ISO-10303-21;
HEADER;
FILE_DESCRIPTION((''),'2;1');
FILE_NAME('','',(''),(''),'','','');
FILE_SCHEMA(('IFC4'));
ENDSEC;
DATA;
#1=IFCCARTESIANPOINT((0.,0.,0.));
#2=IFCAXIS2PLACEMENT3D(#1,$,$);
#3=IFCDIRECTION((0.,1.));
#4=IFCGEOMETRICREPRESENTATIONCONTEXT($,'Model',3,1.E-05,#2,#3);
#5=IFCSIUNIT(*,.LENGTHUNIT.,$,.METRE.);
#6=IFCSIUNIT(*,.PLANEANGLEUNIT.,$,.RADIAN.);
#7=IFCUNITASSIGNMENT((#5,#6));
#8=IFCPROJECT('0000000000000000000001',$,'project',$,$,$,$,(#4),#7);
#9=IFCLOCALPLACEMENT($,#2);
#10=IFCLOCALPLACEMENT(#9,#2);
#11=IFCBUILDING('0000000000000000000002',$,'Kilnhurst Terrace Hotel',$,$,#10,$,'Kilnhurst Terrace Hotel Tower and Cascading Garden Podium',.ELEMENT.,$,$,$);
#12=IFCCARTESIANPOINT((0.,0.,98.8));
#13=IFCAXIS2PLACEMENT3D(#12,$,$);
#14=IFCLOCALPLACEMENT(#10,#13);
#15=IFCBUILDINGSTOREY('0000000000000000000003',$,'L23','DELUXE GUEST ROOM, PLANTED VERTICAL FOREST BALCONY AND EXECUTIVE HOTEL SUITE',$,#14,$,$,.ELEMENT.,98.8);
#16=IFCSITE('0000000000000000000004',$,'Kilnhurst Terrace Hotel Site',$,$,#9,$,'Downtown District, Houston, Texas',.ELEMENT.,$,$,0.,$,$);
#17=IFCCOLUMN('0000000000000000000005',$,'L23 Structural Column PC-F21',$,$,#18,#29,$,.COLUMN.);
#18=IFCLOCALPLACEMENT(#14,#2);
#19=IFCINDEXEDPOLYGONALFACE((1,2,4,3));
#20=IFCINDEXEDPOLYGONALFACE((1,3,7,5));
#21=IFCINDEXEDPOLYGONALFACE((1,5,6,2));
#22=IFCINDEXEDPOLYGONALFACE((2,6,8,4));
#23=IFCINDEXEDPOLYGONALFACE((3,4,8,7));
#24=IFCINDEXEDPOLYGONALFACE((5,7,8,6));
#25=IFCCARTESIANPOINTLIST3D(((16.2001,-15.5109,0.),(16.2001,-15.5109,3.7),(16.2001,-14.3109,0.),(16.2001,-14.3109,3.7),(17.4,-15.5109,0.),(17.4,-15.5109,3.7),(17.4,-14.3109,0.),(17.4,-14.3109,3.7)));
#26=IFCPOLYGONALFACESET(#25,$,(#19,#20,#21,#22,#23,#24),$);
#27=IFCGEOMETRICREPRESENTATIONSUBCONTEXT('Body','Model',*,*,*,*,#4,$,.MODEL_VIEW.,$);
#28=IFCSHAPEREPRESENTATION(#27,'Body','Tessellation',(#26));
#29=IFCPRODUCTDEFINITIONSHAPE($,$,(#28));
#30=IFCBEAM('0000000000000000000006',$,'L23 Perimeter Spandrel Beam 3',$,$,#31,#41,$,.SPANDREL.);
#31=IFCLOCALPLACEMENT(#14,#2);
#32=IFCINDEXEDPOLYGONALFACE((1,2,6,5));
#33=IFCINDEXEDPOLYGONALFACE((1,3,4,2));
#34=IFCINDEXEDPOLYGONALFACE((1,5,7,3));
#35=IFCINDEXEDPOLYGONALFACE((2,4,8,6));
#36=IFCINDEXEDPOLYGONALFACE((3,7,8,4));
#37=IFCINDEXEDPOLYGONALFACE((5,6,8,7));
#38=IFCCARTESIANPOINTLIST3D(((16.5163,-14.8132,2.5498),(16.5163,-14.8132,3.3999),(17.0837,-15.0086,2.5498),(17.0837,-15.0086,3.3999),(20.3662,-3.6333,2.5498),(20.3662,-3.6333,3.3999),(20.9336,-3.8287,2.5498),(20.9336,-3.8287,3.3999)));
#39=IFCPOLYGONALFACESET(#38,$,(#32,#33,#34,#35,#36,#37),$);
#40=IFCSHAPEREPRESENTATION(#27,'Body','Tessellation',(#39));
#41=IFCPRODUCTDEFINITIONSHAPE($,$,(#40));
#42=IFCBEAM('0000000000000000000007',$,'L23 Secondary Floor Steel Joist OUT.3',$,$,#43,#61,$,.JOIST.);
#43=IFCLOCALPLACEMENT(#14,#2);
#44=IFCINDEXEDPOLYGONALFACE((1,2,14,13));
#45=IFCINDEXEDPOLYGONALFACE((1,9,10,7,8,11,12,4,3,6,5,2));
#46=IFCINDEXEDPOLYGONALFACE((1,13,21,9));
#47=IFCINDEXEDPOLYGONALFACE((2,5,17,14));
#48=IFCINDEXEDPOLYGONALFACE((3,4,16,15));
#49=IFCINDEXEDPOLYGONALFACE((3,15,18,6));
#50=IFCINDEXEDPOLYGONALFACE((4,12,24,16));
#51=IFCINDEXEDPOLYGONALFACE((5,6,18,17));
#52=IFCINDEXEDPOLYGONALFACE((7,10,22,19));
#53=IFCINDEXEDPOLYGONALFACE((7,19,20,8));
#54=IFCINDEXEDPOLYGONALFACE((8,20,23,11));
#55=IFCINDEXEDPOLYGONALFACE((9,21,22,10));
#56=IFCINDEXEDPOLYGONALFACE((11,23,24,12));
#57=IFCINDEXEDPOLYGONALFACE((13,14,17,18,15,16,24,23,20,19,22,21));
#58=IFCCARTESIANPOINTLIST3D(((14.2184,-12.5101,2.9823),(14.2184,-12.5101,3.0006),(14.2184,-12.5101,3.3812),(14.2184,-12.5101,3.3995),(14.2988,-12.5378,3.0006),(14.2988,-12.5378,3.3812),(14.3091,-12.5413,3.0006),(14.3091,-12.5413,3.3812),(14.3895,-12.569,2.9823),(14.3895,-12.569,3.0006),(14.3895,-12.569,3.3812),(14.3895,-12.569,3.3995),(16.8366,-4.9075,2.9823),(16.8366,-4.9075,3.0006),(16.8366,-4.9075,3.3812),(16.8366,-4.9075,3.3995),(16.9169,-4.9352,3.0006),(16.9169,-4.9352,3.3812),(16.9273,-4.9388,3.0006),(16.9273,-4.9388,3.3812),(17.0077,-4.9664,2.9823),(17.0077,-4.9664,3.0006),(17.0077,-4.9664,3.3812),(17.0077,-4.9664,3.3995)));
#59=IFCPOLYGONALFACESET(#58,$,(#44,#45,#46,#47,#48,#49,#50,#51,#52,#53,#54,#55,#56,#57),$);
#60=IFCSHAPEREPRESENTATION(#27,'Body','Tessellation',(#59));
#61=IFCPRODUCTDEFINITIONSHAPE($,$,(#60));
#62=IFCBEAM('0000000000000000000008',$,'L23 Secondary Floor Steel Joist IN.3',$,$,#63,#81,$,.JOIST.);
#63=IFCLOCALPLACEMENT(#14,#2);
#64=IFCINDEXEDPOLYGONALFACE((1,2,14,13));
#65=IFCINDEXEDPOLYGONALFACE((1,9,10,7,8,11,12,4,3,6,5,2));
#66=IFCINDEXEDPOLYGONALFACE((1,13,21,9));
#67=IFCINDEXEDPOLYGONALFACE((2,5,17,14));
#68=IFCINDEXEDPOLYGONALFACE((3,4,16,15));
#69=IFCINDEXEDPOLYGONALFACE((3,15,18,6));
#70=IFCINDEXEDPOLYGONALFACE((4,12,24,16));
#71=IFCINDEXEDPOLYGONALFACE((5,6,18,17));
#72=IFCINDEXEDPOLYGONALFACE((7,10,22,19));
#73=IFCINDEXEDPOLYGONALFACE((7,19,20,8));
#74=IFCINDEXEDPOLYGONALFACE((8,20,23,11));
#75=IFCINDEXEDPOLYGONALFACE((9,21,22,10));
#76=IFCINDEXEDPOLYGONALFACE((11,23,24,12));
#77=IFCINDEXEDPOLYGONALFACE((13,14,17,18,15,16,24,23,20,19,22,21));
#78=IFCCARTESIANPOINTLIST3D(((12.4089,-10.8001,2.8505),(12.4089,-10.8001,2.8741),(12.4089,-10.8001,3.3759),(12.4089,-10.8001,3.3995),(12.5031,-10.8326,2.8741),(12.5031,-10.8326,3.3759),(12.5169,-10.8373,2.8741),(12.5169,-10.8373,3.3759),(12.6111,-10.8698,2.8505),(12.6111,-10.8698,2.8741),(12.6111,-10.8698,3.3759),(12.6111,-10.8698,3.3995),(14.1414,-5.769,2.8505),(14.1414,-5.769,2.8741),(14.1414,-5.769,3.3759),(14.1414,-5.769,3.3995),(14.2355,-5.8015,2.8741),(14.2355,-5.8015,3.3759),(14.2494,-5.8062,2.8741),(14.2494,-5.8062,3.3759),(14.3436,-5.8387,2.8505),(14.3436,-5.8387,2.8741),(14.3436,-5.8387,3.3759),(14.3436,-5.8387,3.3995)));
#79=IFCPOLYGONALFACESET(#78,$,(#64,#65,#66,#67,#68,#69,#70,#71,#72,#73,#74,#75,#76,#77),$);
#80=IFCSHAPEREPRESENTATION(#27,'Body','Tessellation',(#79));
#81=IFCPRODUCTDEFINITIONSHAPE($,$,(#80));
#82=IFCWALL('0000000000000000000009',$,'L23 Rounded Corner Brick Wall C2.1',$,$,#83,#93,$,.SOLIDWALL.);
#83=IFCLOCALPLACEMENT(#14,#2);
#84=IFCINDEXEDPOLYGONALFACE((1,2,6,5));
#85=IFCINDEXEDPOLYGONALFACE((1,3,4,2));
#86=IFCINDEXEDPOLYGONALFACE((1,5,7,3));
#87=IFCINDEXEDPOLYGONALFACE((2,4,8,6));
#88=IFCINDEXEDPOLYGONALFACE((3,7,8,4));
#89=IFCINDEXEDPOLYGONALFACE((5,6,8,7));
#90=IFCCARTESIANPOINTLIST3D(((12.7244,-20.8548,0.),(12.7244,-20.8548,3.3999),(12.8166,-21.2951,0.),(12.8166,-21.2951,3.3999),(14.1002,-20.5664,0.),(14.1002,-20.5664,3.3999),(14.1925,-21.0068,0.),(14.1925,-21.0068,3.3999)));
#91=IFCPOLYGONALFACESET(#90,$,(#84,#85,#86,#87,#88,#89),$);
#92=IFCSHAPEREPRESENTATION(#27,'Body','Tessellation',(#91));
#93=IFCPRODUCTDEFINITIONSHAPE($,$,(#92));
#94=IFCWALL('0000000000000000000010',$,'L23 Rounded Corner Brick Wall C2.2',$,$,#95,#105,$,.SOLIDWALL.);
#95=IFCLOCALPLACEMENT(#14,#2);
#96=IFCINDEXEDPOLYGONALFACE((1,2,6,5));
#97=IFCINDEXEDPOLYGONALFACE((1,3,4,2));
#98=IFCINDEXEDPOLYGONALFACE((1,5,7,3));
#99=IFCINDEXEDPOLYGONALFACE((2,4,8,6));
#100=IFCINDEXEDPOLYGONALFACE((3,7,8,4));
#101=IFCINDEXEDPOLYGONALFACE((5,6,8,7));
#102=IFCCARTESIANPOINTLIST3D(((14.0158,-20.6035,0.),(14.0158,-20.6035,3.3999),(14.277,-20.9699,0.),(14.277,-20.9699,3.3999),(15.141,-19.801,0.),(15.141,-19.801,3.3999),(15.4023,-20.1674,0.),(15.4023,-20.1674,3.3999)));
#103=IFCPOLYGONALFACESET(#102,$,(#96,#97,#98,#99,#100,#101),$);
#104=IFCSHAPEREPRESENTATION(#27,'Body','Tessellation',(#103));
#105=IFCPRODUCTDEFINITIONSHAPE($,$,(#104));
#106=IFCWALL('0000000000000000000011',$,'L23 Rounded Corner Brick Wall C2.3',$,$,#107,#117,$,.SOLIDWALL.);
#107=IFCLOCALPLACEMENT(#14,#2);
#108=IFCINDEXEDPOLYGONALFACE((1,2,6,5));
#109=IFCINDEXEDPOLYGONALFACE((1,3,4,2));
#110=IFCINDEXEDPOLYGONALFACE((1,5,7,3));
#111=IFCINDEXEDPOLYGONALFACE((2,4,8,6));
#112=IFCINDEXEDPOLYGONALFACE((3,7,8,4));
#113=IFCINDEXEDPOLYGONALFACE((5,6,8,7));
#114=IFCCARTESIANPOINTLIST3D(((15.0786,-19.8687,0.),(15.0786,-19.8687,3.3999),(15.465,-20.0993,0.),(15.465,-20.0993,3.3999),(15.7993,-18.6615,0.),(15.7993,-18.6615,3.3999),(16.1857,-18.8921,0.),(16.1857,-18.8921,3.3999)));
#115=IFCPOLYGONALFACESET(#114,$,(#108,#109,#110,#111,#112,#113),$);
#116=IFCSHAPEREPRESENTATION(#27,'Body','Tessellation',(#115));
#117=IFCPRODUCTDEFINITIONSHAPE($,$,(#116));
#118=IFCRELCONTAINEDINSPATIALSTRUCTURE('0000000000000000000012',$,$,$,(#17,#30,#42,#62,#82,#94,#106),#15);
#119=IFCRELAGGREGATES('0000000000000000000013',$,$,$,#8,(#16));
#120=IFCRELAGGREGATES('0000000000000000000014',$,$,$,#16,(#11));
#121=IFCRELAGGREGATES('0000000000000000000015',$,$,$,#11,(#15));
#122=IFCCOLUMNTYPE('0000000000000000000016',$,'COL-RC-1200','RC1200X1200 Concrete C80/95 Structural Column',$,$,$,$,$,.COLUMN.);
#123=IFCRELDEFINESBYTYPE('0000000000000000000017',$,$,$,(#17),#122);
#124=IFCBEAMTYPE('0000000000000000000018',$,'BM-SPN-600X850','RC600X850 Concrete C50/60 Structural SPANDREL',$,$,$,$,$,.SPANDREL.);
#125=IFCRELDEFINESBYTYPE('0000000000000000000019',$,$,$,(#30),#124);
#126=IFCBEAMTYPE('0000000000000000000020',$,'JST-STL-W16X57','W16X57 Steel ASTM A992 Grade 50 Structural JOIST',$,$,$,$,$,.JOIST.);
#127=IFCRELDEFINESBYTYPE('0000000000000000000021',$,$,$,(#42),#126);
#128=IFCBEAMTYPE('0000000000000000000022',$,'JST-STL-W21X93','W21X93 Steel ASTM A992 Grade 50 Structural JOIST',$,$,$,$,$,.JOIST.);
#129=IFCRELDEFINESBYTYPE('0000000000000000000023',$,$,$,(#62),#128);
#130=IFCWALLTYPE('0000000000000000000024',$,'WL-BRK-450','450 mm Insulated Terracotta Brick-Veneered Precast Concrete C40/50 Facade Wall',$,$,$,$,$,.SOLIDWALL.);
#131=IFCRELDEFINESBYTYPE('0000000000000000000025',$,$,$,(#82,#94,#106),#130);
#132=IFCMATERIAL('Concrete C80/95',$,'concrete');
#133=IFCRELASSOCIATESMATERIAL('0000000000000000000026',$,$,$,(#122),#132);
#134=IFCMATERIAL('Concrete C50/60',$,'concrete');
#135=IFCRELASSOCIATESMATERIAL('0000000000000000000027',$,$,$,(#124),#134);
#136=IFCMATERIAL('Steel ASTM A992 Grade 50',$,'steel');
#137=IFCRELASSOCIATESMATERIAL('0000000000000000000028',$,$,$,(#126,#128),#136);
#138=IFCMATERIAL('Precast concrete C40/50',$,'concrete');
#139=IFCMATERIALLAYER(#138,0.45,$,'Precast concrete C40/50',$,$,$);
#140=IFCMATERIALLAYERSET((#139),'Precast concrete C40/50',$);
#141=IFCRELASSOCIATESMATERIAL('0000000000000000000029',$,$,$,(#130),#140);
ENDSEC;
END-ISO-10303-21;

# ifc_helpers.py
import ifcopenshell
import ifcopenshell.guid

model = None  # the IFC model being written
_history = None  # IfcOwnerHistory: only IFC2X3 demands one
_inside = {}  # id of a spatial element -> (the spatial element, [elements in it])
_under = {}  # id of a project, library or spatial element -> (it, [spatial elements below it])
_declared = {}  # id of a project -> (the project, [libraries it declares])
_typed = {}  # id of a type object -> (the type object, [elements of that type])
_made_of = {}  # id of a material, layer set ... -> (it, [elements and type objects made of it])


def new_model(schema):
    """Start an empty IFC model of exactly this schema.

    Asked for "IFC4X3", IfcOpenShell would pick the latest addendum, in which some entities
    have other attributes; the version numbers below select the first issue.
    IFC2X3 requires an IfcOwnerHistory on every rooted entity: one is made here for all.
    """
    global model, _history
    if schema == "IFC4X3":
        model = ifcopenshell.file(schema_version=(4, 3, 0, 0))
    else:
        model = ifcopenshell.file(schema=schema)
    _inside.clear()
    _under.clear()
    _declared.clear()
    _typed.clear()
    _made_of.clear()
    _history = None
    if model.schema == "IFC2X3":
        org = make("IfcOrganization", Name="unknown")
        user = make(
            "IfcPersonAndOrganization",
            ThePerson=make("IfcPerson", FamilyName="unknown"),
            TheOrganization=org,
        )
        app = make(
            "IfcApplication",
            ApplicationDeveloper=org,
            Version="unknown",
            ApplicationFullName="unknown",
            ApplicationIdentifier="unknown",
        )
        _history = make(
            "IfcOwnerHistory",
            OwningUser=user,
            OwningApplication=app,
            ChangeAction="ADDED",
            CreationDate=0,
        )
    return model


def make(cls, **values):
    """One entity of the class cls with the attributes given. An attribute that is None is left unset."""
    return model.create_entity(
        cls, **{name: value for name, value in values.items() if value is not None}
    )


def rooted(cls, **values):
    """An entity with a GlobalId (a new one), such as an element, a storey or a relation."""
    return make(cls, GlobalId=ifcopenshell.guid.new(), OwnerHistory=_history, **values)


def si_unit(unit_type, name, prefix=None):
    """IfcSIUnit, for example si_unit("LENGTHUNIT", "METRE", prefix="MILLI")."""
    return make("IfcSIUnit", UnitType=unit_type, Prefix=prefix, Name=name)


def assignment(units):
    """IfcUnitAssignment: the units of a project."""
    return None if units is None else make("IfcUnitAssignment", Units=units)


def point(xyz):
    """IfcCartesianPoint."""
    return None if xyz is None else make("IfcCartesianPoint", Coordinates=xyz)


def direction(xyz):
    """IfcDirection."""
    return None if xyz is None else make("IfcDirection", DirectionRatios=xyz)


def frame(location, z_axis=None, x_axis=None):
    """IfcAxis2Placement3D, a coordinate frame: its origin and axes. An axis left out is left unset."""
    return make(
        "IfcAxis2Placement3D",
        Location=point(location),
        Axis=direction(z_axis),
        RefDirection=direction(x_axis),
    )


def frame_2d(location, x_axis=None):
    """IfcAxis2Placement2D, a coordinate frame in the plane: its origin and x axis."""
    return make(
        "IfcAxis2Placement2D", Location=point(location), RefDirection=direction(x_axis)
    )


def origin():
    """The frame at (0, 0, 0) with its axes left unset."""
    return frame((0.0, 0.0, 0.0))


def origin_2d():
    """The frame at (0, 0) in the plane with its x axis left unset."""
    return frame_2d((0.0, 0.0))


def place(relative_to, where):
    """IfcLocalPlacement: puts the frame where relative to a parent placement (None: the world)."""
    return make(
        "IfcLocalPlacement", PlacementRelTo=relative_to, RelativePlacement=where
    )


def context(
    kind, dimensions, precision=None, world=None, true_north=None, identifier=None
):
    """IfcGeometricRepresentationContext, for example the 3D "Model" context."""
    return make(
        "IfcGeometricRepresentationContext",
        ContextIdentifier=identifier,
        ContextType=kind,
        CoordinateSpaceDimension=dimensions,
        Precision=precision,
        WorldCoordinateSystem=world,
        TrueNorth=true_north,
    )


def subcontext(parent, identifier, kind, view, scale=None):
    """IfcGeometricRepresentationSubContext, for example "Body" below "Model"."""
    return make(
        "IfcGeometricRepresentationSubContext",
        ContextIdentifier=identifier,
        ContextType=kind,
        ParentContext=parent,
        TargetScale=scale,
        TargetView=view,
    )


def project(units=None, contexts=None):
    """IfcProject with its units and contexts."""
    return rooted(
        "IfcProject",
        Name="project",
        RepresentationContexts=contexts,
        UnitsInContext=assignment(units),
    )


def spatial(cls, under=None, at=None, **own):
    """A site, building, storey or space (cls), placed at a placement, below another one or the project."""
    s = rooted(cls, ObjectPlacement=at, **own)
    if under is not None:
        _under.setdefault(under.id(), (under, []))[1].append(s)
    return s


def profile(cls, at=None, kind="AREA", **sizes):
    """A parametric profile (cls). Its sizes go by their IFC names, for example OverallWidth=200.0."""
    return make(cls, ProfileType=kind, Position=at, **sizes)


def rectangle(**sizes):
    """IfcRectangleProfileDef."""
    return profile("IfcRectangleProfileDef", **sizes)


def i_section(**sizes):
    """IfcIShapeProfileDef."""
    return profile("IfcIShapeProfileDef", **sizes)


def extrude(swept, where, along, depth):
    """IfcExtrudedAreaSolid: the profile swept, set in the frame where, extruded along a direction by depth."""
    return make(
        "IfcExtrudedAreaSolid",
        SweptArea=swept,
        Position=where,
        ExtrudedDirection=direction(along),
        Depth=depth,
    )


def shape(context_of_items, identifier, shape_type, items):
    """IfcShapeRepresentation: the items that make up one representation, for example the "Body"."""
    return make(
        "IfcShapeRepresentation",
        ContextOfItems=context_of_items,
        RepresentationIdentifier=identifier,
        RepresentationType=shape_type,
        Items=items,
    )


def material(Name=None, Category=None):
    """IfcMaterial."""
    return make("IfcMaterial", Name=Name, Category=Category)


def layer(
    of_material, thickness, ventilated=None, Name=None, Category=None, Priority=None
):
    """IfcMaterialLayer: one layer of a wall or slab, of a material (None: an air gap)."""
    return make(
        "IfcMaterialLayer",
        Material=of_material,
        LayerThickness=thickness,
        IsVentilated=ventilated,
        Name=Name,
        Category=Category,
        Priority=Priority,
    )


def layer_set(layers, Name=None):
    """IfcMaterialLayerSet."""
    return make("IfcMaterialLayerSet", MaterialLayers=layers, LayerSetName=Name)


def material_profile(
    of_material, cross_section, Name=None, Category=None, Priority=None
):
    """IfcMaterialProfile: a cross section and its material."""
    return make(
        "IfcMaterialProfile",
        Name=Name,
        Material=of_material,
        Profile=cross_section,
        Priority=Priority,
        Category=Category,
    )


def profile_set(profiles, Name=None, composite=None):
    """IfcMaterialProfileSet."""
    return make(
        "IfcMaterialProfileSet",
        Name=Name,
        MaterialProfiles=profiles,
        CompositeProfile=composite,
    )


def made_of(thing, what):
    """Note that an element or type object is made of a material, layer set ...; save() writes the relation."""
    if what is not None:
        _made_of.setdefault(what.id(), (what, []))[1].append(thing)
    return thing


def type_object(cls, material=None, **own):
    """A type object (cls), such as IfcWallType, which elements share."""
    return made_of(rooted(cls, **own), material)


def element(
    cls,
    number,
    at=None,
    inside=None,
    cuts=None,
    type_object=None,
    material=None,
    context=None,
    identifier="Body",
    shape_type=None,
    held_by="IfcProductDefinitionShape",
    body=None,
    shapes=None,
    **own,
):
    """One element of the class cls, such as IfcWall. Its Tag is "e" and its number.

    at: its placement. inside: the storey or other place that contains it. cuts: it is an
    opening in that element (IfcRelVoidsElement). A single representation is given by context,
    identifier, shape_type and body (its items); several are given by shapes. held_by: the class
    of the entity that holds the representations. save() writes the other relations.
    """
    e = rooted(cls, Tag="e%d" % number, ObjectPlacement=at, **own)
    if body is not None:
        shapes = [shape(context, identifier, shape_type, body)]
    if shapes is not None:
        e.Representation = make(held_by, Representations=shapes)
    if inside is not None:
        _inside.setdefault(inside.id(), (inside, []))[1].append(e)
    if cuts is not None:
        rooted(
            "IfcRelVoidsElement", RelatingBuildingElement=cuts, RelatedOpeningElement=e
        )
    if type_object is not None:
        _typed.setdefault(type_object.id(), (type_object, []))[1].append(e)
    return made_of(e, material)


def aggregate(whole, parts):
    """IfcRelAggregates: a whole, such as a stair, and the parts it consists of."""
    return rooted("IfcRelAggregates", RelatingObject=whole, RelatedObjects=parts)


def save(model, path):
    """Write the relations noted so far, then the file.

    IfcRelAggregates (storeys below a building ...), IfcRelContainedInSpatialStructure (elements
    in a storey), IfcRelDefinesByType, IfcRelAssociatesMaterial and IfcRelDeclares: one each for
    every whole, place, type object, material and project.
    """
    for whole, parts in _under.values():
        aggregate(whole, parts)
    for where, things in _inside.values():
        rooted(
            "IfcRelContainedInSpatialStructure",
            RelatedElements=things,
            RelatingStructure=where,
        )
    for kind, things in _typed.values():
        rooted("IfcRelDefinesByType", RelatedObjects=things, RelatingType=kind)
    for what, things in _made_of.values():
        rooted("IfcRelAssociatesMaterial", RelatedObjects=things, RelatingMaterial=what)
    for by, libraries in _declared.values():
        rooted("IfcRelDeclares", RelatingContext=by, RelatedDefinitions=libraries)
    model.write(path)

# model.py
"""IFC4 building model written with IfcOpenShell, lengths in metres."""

from ifc_helpers import new_model, si_unit, direction, frame, frame_2d, origin, origin_2d, place, context, subcontext, project, spatial, rectangle, i_section, extrude, material, layer, layer_set, material_profile, profile_set, type_object, element, save


model = new_model("IFC4")

# Units and contexts
model_context = context("Model", 3, precision=1e-05, world=origin(), true_north=direction((0.0, 1.0)))
body_context = subcontext(model_context, "Body", "Model", "MODEL_VIEW")
ifc_project = project(units=[si_unit("LENGTHUNIT", "METRE"), si_unit("PLANEANGLEUNIT", "RADIAN")], contexts=[model_context])

# Site, building, storey
site_placement = place(None, origin())
site = spatial("IfcSite", under=ifc_project, at=site_placement, Name="Kilnhurst Terrace Hotel Site", LongName="Downtown District, Houston, Texas", CompositionType="ELEMENT", RefElevation=0.0)
building_placement = place(site_placement, origin())
building = spatial("IfcBuilding", under=site, at=building_placement, Name="Kilnhurst Terrace Hotel", LongName="Kilnhurst Terrace Hotel Tower and Cascading Garden Podium", CompositionType="ELEMENT")
storey_placement = place(building_placement, frame((0.0, 0.0, 98.8)))
storey = spatial("IfcBuildingStorey", under=building, at=storey_placement, Name="L23", Description="DELUXE GUEST ROOM, PLANTED VERTICAL FOREST BALCONY AND EXECUTIVE HOTEL SUITE", CompositionType="ELEMENT", Elevation=98.8)

# Column
ifc_material_1 = material(Name="Concrete C80/95", Category="concrete")
ifc_material_profile_1 = material_profile(ifc_material_1, rectangle(XDim=1.2, YDim=1.2, at=origin_2d()), Name="RC1200X1200")
ifc_profile_set_1 = profile_set([ifc_material_profile_1], Name="Concrete C80/95")
column_type = type_object("IfcColumnType", Name="COL-RC-1200", Description="RC1200X1200 Concrete C80/95 Structural Column", PredefinedType="COLUMN", material=ifc_profile_set_1)
column_placement = place(storey_placement, frame((16.8, -14.9109, 0.0), z_axis=(0.0, 0.0, 1.0), x_axis=(1.0, 0.0, 0.0)))
element("IfcColumn", 1, at=column_placement, inside=storey, type_object=column_type, Name="L23 Structural Column PC-F21", PredefinedType="COLUMN", context=body_context, shape_type="SweptSolid", body=[
    extrude(rectangle(XDim=1.2, YDim=1.2, at=origin_2d()), origin(), (0.0, 0.0, 1.0), 3.7),
])

# Beams
ifc_material_2 = material(Name="Concrete C50/60", Category="concrete")
ifc_material_profile_2 = material_profile(ifc_material_2, rectangle(XDim=0.6001, YDim=0.8501, at=origin_2d()), Name="RC600X850")
ifc_profile_set_2 = profile_set([ifc_material_profile_2], Name="Concrete C50/60")
beam_type_1 = type_object("IfcBeamType", Name="BM-SPN-600X850", Description="RC600X850 Concrete C50/60 Structural SPANDREL", PredefinedType="SPANDREL", material=ifc_profile_set_2)
beam_1_placement = place(storey_placement, frame((16.8, -14.9109, 2.9749), z_axis=(0.32559, 0.945511, 0.0), x_axis=(-0.945511, 0.32559, 0.0)))
element("IfcBeam", 2, at=beam_1_placement, inside=storey, type_object=beam_type_1, Name="L23 Perimeter Spandrel Beam 3", PredefinedType="SPANDREL", context=body_context, shape_type="SweptSolid", body=[
    extrude(rectangle(XDim=0.6001, YDim=0.8501, at=origin_2d()), origin(), (0.0, 0.0, 1.0), 11.8242),
])
ifc_material_3 = material(Name="Steel ASTM A992 Grade 50", Category="steel")
ifc_material_profile_3 = material_profile(ifc_material_3, i_section(OverallWidth=0.1809, OverallDepth=0.4172, WebThickness=0.011, FlangeThickness=0.0183, at=origin_2d()), Name="W16X57")
ifc_profile_set_3 = profile_set([ifc_material_profile_3], Name="Steel ASTM A992 Grade 50")
beam_type_2 = type_object("IfcBeamType", Name="JST-STL-W16X57", Description="W16X57 Steel ASTM A992 Grade 50 Structural JOIST", PredefinedType="JOIST", material=ifc_profile_set_3)
beam_2_placement = place(storey_placement, frame((14.304, -12.5396, 3.1909), z_axis=(0.325613, 0.945503, 0.0), x_axis=(-0.945503, 0.325613, 0.0)))
element("IfcBeam", 3, at=beam_2_placement, inside=storey, type_object=beam_type_2, Name="L23 Secondary Floor Steel Joist OUT.3", PredefinedType="JOIST", context=body_context, shape_type="SweptSolid", body=[
    extrude(i_section(OverallWidth=0.1809, OverallDepth=0.4172, WebThickness=0.011, FlangeThickness=0.0183, at=origin_2d()), origin(), (0.0, 0.0, 1.0), 8.0408),
])
ifc_material_profile_4 = material_profile(ifc_material_3, i_section(OverallWidth=0.2139, OverallDepth=0.5491, WebThickness=0.0146, FlangeThickness=0.0237, at=origin_2d()), Name="W21X93")
ifc_profile_set_4 = profile_set([ifc_material_profile_4], Name="Steel ASTM A992 Grade 50")
beam_type_3 = type_object("IfcBeamType", Name="JST-STL-W21X93", Description="W21X93 Steel ASTM A992 Grade 50 Structural JOIST", PredefinedType="JOIST", material=ifc_profile_set_4)
beam_3_placement = place(storey_placement, frame((12.51, -10.835, 3.125), z_axis=(0.325586, 0.945512, 0.0), x_axis=(-0.945512, 0.325586, 0.0)))
element("IfcBeam", 4, at=beam_3_placement, inside=storey, type_object=beam_type_3, Name="L23 Secondary Floor Steel Joist IN.3", PredefinedType="JOIST", context=body_context, shape_type="SweptSolid", body=[
    extrude(i_section(OverallWidth=0.2139, OverallDepth=0.5491, WebThickness=0.0146, FlangeThickness=0.0237, at=origin_2d()), origin(), (0.0, 0.0, 1.0), 5.321),
])

# Walls
ifc_material_4 = material(Name="Precast concrete C40/50", Category="concrete")
ifc_layer_1 = layer(ifc_material_4, 0.45, Name="Precast concrete C40/50")
ifc_layer_set_1 = layer_set([ifc_layer_1], Name="Precast concrete C40/50")
wall_type_1 = type_object("IfcWallType", Name="WL-BRK-450", Description="450 mm Insulated Terracotta Brick-Veneered Precast Concrete C40/50 Facade Wall", PredefinedType="SOLIDWALL", material=ifc_layer_set_1)
wall_1_placement = place(storey_placement, frame((12.7705, -21.075, 0.0), z_axis=(0.0, 0.0, 1.0), x_axis=(0.978743, 0.205091, 0.0)))
element("IfcWall", 5, at=wall_1_placement, inside=storey, type_object=wall_type_1, Name="L23 Rounded Corner Brick Wall C2.1", PredefinedType="SOLIDWALL", context=body_context, shape_type="SweptSolid", body=[
    extrude(rectangle(XDim=1.4058, YDim=0.45, at=frame_2d((0.7029, 0.0))), origin(), (0.0, 0.0, 1.0), 3.3999),
])
wall_2_placement = place(storey_placement, frame((14.1465, -20.7866, 0.0), z_axis=(0.0, 0.0, 1.0), x_axis=(0.814163, 0.580636, 0.0)))
element("IfcWall", 6, at=wall_2_placement, inside=storey, type_object=wall_type_1, Name="L23 Rounded Corner Brick Wall C2.2", PredefinedType="SOLIDWALL", context=body_context, shape_type="SweptSolid", body=[
    extrude(rectangle(XDim=1.3821, YDim=0.45, at=frame_2d((0.6909, 0.0))), origin(), (0.0, 0.0, 1.0), 3.3999),
])
wall_3_placement = place(storey_placement, frame((15.2717, -19.9841, 0.0), z_axis=(0.0, 0.0, 1.0), x_axis=(0.512579, 0.85864, 0.0)))
element("IfcWall", 7, at=wall_3_placement, inside=storey, type_object=wall_type_1, Name="L23 Rounded Corner Brick Wall C2.3", PredefinedType="SOLIDWALL", context=body_context, shape_type="SweptSolid", body=[
    extrude(rectangle(XDim=1.406, YDim=0.45, at=frame_2d((0.7031, 0.0))), origin(), (0.0, 0.0, 1.0), 3.3999),
])

save(model, "model.ifc")
